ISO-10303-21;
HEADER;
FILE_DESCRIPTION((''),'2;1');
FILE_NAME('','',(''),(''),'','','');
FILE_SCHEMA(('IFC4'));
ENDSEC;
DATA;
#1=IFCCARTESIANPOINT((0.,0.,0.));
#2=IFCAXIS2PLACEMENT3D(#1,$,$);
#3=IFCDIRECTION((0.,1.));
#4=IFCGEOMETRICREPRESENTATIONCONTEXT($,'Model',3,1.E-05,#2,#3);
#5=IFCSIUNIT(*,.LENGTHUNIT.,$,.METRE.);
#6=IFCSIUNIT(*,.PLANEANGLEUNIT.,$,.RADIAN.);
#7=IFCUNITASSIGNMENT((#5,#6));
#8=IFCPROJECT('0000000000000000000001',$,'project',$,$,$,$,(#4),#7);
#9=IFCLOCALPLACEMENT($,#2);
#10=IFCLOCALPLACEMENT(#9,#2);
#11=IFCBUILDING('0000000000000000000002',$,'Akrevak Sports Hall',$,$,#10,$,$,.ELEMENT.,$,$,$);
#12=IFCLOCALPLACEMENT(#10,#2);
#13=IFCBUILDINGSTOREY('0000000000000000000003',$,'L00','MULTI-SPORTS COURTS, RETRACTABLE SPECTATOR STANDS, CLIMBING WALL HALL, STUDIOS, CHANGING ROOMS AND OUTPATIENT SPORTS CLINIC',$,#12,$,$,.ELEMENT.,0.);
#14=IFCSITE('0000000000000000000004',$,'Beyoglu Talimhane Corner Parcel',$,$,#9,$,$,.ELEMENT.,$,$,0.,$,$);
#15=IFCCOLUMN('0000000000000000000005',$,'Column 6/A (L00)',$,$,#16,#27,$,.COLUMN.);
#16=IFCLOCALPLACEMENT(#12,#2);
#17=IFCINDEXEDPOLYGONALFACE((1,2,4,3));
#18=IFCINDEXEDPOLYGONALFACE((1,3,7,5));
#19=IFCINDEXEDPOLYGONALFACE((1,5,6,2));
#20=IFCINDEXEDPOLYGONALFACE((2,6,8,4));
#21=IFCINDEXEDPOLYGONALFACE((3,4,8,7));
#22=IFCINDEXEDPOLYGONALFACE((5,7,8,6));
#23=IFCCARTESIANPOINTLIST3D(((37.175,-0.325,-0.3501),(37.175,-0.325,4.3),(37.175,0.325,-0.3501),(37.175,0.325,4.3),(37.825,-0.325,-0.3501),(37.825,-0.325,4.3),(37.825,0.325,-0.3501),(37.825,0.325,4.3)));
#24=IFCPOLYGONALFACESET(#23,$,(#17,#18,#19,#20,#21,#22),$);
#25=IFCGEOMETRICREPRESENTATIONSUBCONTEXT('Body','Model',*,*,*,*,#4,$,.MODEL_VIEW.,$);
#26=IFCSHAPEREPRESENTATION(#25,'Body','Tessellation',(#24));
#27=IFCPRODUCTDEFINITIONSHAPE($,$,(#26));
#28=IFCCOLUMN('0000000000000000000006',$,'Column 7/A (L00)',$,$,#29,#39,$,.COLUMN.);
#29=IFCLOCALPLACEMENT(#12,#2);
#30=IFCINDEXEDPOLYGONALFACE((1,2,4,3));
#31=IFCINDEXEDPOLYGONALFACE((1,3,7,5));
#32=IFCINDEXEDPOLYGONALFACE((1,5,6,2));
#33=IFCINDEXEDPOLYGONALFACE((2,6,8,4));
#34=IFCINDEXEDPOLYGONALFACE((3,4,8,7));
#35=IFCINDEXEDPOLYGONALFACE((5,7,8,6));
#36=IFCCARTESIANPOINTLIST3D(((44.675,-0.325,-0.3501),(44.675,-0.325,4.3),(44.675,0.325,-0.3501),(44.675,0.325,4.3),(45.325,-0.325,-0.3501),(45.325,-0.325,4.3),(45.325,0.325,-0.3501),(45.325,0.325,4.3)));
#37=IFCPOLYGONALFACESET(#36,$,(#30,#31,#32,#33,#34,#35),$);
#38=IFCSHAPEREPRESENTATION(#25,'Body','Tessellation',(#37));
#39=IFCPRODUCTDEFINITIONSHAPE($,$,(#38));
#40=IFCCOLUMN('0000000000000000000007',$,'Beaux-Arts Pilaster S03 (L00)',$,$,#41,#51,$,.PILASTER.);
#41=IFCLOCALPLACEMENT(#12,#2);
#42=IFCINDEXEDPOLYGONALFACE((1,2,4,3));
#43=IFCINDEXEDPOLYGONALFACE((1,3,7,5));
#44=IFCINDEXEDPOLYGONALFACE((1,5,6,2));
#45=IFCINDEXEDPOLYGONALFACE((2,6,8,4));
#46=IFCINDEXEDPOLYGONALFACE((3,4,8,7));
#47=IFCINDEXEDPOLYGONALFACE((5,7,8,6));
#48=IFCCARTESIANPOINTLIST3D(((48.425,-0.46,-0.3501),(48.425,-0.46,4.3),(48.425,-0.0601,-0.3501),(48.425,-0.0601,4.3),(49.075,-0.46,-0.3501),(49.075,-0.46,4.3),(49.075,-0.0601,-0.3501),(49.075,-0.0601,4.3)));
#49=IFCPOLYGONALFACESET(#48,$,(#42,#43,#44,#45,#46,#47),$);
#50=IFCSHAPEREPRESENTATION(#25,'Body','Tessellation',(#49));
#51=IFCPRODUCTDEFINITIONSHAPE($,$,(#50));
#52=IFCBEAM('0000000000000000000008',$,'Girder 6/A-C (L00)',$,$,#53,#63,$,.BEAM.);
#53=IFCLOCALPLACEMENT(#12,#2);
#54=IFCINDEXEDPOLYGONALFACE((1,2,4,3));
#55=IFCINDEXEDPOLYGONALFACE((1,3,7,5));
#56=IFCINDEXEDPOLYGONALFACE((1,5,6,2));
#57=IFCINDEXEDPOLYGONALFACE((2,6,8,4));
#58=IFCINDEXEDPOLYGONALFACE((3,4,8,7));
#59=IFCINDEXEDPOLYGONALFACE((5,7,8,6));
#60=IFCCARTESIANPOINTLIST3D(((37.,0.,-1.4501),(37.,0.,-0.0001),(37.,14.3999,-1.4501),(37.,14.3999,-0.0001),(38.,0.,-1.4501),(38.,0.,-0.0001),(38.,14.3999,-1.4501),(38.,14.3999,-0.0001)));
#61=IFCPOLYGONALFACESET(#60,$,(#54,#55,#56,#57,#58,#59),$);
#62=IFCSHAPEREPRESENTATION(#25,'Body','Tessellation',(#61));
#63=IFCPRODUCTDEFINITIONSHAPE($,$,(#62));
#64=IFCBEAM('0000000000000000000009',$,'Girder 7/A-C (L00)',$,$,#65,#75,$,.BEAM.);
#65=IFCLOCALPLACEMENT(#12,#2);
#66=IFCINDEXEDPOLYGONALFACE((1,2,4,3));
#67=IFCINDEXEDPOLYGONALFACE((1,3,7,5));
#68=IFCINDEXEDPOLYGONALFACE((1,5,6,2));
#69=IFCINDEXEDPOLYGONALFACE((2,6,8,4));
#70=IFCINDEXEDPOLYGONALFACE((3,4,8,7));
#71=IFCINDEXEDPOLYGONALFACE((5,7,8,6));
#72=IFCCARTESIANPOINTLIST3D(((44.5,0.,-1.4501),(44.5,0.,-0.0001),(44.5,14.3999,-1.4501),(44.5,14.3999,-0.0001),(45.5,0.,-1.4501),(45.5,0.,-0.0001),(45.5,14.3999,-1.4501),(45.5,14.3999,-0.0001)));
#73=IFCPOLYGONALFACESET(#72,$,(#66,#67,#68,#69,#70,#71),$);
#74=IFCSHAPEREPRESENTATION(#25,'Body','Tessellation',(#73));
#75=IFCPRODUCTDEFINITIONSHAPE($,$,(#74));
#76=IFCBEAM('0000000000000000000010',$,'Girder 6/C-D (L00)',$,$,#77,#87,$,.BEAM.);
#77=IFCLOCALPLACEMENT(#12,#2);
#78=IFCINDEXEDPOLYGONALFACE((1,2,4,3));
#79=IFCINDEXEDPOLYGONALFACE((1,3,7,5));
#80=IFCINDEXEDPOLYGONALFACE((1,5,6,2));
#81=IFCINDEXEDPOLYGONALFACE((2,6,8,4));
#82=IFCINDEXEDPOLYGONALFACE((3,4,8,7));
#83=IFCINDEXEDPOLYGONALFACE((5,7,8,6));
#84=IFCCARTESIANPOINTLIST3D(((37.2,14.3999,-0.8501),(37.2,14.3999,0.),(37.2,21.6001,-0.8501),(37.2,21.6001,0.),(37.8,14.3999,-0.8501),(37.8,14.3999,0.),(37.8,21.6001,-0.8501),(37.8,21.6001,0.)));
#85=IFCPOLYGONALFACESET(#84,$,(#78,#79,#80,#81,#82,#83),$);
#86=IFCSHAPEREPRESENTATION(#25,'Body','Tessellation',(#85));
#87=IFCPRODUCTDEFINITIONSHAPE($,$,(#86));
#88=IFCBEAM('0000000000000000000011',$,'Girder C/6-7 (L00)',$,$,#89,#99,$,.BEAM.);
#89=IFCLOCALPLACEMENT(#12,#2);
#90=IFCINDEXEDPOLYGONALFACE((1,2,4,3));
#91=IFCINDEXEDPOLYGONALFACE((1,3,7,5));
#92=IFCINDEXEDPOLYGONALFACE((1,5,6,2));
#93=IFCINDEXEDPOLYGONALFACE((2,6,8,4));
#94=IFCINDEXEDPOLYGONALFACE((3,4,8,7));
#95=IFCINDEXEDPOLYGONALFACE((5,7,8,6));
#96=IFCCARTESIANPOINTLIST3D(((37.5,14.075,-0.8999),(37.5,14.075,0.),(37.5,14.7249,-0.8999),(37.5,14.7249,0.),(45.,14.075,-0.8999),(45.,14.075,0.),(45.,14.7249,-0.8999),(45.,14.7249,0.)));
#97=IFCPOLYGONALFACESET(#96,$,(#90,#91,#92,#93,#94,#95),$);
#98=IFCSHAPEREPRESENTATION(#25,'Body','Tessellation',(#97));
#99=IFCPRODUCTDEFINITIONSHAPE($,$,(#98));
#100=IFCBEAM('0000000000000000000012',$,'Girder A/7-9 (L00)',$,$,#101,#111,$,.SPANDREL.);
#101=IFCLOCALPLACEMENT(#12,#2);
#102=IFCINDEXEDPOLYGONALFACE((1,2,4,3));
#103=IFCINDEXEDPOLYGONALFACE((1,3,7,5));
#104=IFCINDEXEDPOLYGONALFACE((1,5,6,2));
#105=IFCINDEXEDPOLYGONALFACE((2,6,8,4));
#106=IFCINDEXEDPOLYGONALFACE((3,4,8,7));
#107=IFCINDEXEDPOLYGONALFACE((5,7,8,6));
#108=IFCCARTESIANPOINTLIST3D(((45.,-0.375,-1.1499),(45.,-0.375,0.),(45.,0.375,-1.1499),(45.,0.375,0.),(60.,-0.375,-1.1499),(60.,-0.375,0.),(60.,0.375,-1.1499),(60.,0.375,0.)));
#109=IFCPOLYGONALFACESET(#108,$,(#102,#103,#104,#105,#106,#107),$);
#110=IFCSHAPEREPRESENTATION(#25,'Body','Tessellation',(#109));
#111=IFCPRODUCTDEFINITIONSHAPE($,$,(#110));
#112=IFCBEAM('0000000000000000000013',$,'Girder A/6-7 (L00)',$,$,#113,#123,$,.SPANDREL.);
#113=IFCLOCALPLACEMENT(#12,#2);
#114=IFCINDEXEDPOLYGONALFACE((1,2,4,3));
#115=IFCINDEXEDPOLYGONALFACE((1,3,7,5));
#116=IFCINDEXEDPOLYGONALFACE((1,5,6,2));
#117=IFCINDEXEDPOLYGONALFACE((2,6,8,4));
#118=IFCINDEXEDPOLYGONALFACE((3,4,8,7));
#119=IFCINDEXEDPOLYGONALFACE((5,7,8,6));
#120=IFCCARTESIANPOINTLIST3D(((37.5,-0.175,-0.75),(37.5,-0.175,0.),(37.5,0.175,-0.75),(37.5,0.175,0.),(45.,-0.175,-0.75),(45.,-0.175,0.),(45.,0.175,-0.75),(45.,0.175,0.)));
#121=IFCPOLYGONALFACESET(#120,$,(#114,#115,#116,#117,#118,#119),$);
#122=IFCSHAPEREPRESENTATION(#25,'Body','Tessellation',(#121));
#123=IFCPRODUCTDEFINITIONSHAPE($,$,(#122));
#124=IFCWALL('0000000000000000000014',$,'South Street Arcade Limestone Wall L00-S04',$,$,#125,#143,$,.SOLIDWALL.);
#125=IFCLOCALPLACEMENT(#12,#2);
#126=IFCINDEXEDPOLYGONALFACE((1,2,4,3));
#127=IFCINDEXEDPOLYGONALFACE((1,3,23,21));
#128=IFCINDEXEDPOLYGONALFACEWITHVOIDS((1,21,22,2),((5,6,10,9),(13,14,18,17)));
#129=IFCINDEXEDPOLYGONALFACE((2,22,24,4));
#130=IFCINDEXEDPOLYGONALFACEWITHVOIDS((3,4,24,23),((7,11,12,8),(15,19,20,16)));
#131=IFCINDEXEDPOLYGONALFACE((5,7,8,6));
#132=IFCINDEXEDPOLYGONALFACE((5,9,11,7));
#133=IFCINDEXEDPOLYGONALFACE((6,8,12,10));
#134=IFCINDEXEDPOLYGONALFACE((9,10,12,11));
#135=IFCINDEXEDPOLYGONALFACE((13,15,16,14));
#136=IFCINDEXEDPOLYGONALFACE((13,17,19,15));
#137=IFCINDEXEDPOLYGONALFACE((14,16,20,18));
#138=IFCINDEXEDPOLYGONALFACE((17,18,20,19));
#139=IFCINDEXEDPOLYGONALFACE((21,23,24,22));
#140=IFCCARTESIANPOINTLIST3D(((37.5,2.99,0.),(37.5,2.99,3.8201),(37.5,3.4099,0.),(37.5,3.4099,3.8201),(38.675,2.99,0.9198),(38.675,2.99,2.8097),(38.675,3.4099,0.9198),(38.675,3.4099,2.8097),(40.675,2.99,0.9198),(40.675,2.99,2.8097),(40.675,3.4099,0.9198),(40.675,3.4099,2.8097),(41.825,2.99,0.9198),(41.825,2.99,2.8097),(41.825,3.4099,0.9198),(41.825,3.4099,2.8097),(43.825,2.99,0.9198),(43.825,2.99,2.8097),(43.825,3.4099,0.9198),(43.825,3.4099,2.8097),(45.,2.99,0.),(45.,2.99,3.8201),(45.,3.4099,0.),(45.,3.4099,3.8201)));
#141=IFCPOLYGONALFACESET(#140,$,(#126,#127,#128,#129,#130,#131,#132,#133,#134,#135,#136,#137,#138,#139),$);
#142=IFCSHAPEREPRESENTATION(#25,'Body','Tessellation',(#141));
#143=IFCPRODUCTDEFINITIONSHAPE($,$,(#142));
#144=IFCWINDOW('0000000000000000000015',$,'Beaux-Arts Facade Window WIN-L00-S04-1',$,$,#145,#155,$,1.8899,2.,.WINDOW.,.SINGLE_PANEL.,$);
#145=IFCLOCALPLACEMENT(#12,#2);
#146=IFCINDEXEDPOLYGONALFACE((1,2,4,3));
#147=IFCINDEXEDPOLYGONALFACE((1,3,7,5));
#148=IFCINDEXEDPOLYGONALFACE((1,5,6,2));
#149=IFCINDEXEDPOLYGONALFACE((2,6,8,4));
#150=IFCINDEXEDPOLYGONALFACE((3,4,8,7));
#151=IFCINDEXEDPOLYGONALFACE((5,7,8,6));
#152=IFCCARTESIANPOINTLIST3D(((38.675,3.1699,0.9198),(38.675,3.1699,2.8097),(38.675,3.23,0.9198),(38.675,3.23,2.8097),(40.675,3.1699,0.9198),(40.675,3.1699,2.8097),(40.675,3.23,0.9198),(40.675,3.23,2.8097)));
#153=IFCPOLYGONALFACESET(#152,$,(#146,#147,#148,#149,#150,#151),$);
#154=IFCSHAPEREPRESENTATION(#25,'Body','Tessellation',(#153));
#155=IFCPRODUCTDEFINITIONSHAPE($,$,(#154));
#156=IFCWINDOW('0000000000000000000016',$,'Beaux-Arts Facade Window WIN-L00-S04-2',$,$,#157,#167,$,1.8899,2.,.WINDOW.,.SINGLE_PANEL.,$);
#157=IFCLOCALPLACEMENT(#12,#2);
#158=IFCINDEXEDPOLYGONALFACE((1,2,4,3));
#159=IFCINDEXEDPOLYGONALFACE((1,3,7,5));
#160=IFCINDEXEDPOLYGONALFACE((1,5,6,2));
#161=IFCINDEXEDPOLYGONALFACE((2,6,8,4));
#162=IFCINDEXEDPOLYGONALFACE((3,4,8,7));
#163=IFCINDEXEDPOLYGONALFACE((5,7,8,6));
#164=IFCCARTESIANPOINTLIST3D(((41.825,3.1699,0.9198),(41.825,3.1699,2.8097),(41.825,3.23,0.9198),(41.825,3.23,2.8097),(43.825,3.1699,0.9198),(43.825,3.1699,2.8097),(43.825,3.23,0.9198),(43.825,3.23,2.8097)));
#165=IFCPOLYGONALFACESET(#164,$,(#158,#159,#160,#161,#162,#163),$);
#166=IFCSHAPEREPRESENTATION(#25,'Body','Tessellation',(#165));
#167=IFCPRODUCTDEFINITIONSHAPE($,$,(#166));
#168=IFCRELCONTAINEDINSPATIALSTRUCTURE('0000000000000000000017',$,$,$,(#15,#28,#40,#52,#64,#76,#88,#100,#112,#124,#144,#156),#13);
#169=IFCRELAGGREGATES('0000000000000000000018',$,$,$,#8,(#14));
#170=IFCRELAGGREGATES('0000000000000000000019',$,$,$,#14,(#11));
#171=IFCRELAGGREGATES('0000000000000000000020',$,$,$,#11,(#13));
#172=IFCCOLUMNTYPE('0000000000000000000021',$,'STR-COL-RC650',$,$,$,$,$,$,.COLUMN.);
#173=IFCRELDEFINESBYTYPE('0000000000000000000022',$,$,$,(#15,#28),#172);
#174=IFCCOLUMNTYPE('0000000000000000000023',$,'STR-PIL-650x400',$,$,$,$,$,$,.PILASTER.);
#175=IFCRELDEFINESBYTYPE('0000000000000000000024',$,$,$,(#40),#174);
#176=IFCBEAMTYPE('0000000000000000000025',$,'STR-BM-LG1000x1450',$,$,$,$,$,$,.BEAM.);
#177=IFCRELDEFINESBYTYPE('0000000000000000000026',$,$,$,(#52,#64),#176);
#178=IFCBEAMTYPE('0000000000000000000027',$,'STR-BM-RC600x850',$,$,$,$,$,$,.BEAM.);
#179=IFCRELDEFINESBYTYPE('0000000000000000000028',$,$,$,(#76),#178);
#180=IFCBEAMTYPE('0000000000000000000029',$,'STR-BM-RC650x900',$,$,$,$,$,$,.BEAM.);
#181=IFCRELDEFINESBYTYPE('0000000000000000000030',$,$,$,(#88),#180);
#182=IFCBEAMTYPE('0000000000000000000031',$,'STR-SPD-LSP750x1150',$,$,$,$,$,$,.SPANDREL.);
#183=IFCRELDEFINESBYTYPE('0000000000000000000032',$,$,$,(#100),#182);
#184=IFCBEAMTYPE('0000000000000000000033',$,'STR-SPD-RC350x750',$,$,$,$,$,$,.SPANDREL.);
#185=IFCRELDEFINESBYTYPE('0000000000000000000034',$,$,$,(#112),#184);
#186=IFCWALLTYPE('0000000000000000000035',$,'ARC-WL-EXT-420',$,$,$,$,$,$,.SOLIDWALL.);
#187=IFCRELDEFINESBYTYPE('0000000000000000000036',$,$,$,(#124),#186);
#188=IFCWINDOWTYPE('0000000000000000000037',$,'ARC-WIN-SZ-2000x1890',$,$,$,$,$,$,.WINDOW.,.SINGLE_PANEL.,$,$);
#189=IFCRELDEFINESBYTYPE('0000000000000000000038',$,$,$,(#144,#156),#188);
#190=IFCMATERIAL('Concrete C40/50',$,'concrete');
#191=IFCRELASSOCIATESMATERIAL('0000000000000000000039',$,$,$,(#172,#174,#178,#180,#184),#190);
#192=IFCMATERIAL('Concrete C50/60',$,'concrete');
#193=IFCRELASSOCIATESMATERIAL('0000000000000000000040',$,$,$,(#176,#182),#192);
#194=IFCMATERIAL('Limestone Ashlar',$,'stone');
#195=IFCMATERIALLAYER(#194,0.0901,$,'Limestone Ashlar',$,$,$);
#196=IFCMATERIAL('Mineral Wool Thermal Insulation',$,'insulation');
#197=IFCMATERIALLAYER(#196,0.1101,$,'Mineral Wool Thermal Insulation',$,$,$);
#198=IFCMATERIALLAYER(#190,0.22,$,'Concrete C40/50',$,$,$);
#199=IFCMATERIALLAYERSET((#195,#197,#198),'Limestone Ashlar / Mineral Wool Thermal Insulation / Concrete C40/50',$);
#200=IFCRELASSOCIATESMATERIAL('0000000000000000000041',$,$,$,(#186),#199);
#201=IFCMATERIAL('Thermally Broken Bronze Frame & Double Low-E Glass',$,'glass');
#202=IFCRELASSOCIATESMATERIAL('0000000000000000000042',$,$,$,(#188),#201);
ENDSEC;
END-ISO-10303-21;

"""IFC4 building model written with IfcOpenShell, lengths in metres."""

from ifc_helpers import new_model, si_unit, direction, frame, frame_2d, origin, origin_2d, place, context, subcontext, project, spatial, rectangle, extrude, material, layer, layer_set, material_profile, profile_set, type_object, element, fill, save


model = new_model("IFC4")

# Units and contexts
model_context = context("Model", 3, precision=1e-05, world=origin(), true_north=direction((0.0, 1.0)))
body_context = subcontext(model_context, "Body", "Model", "MODEL_VIEW")
ifc_project = project(units=[si_unit("LENGTHUNIT", "METRE"), si_unit("PLANEANGLEUNIT", "RADIAN")], contexts=[model_context])

# Site, building, storey
site_placement = place(None, origin())
site = spatial("IfcSite", under=ifc_project, at=site_placement, Name="Beyoglu Talimhane Corner Parcel", CompositionType="ELEMENT", RefElevation=0.0)
building_placement = place(site_placement, origin())
building = spatial("IfcBuilding", under=site, at=building_placement, Name="Akrevak Sports Hall", CompositionType="ELEMENT")
storey_placement = place(building_placement, origin())
storey = spatial("IfcBuildingStorey", under=building, at=storey_placement, Name="L00", Description="MULTI-SPORTS COURTS, RETRACTABLE SPECTATOR STANDS, CLIMBING WALL HALL, STUDIOS, CHANGING ROOMS AND OUTPATIENT SPORTS CLINIC", CompositionType="ELEMENT", Elevation=0.0)

# Columns
ifc_material_1 = material(Name="Concrete C40/50", Category="concrete")
ifc_material_profile_1 = material_profile(ifc_material_1, rectangle(XDim=0.6499, YDim=0.6499, at=origin_2d()), Name="RC 650x650", Category="concrete")
ifc_profile_set_1 = profile_set([ifc_material_profile_1], Name="Concrete C40/50")
column_type_1 = type_object("IfcColumnType", Name="STR-COL-RC650", PredefinedType="COLUMN", material=ifc_profile_set_1)
for number, where, z_axis, x_axis, name in (
    (1, (37.5, 0.0, -0.3501), (0.0, 0.0, 1.0), (1.0, 0.0, 0.0), "Column 6/A (L00)"),
    (2, (45.0, 0.0, -0.3501), (0.0, 0.0, 1.0), (1.0, 0.0, 0.0), "Column 7/A (L00)"),
):
    element("IfcColumn", number, at=place(storey_placement, frame(where, z_axis=z_axis, x_axis=x_axis)), inside=storey, type_object=column_type_1, Name=name, PredefinedType="COLUMN", context=body_context, shape_type="SweptSolid", body=[
        extrude(rectangle(XDim=0.6499, YDim=0.6499, at=origin_2d()), origin(), (0.0, 0.0, 1.0), 4.6501),
    ])
ifc_material_profile_2 = material_profile(ifc_material_1, rectangle(XDim=0.6499, YDim=0.3999, at=origin_2d()), Name="PIL 650x400", Category="concrete")
ifc_profile_set_2 = profile_set([ifc_material_profile_2], Name="Concrete C40/50")
column_type_2 = type_object("IfcColumnType", Name="STR-PIL-650x400", PredefinedType="PILASTER", material=ifc_profile_set_2)
column_placement = place(storey_placement, frame((48.75, -0.26, -0.3501), z_axis=(0.0, 0.0, 1.0), x_axis=(1.0, 0.0, 0.0)))
element("IfcColumn", 3, at=column_placement, inside=storey, type_object=column_type_2, Name="Beaux-Arts Pilaster S03 (L00)", PredefinedType="PILASTER", context=body_context, shape_type="SweptSolid", body=[
    extrude(rectangle(XDim=0.6499, YDim=0.3999, at=origin_2d()), origin(), (0.0, 0.0, 1.0), 4.6501),
])

# Beams
ifc_material_2 = material(Name="Concrete C50/60", Category="concrete")
ifc_material_profile_3 = material_profile(ifc_material_2, rectangle(XDim=1.0, YDim=1.45, at=origin_2d()), Name="BM 1000x1450", Category="concrete")
ifc_profile_set_3 = profile_set([ifc_material_profile_3], Name="Concrete C50/60")
beam_type_1 = type_object("IfcBeamType", Name="STR-BM-LG1000x1450", PredefinedType="BEAM", material=ifc_profile_set_3)
for number, where, z_axis, x_axis, name in (
    (4, (37.5, 0.0, -0.7251), (0.0, 1.0, 0.0), (-1.0, 0.0, 0.0), "Girder 6/A-C (L00)"),
    (5, (45.0, 0.0, -0.7251), (0.0, 1.0, 0.0), (-1.0, 0.0, 0.0), "Girder 7/A-C (L00)"),
):
    element("IfcBeam", number, at=place(storey_placement, frame(where, z_axis=z_axis, x_axis=x_axis)), inside=storey, type_object=beam_type_1, Name=name, PredefinedType="BEAM", context=body_context, shape_type="SweptSolid", body=[
        extrude(rectangle(XDim=1.0, YDim=1.45, at=origin_2d()), origin(), (0.0, 0.0, 1.0), 14.3999),
    ])
ifc_material_profile_4 = material_profile(ifc_material_1, rectangle(XDim=0.6001, YDim=0.8501, at=origin_2d()), Name="BM 600x850", Category="concrete")
ifc_profile_set_4 = profile_set([ifc_material_profile_4], Name="Concrete C40/50")
beam_type_2 = type_object("IfcBeamType", Name="STR-BM-RC600x850", PredefinedType="BEAM", material=ifc_profile_set_4)
beam_1_placement = place(storey_placement, frame((37.5, 14.3999, -0.425), z_axis=(0.0, 1.0, 0.0), x_axis=(-1.0, 0.0, 0.0)))
element("IfcBeam", 6, at=beam_1_placement, inside=storey, type_object=beam_type_2, Name="Girder 6/C-D (L00)", PredefinedType="BEAM", context=body_context, shape_type="SweptSolid", body=[
    extrude(rectangle(XDim=0.6001, YDim=0.8501, at=origin_2d()), origin(), (0.0, 0.0, 1.0), 7.2002),
])
ifc_material_profile_5 = material_profile(ifc_material_1, rectangle(XDim=0.6499, YDim=0.8999, at=origin_2d()), Name="BM 650x900", Category="concrete")
ifc_profile_set_5 = profile_set([ifc_material_profile_5], Name="Concrete C40/50")
beam_type_3 = type_object("IfcBeamType", Name="STR-BM-RC650x900", PredefinedType="BEAM", material=ifc_profile_set_5)
beam_2_placement = place(storey_placement, frame((37.5, 14.3999, -0.45), z_axis=(1.0, 0.0, 0.0), x_axis=(0.0, 1.0, 0.0)))
element("IfcBeam", 7, at=beam_2_placement, inside=storey, type_object=beam_type_3, Name="Girder C/6-7 (L00)", PredefinedType="BEAM", context=body_context, shape_type="SweptSolid", body=[
    extrude(rectangle(XDim=0.6499, YDim=0.8999, at=origin_2d()), origin(), (0.0, 0.0, 1.0), 7.5),
])
ifc_material_profile_6 = material_profile(ifc_material_2, rectangle(XDim=0.75, YDim=1.1499, at=origin_2d()), Name="SPD 750x1150", Category="concrete")
ifc_profile_set_6 = profile_set([ifc_material_profile_6], Name="Concrete C50/60")
beam_type_4 = type_object("IfcBeamType", Name="STR-SPD-LSP750x1150", PredefinedType="SPANDREL", material=ifc_profile_set_6)
beam_3_placement = place(storey_placement, frame((45.0, 0.0, -0.575), z_axis=(1.0, 0.0, 0.0), x_axis=(0.0, 1.0, 0.0)))
element("IfcBeam", 8, at=beam_3_placement, inside=storey, type_object=beam_type_4, Name="Girder A/7-9 (L00)", PredefinedType="SPANDREL", context=body_context, shape_type="SweptSolid", body=[
    extrude(rectangle(XDim=0.75, YDim=1.1499, at=origin_2d()), origin(), (0.0, 0.0, 1.0), 15.0),
])
ifc_material_profile_7 = material_profile(ifc_material_1, rectangle(XDim=0.3501, YDim=0.75, at=origin_2d()), Name="SPD 350x750", Category="concrete")
ifc_profile_set_7 = profile_set([ifc_material_profile_7], Name="Concrete C40/50")
beam_type_5 = type_object("IfcBeamType", Name="STR-SPD-RC350x750", PredefinedType="SPANDREL", material=ifc_profile_set_7)
beam_4_placement = place(storey_placement, frame((37.5, 0.0, -0.375), z_axis=(1.0, 0.0, 0.0), x_axis=(0.0, 1.0, 0.0)))
element("IfcBeam", 9, at=beam_4_placement, inside=storey, type_object=beam_type_5, Name="Girder A/6-7 (L00)", PredefinedType="SPANDREL", context=body_context, shape_type="SweptSolid", body=[
    extrude(rectangle(XDim=0.3501, YDim=0.75, at=origin_2d()), origin(), (0.0, 0.0, 1.0), 7.5),
])

# Wall, openings, windows
ifc_material_3 = material(Name="Limestone Ashlar", Category="stone")
ifc_layer_1 = layer(ifc_material_3, 0.0901, Name="Limestone Ashlar")
ifc_material_4 = material(Name="Mineral Wool Thermal Insulation", Category="insulation")
ifc_layer_2 = layer(ifc_material_4, 0.1101, Name="Mineral Wool Thermal Insulation")
ifc_layer_3 = layer(ifc_material_1, 0.22, Name="Concrete C40/50")
ifc_layer_set_1 = layer_set([ifc_layer_1, ifc_layer_2, ifc_layer_3], Name="Limestone Ashlar / Mineral Wool Thermal Insulation / Concrete C40/50")
wall_type_1 = type_object("IfcWallType", Name="ARC-WL-EXT-420", PredefinedType="SOLIDWALL", material=ifc_layer_set_1)
wall_1_placement = place(storey_placement, frame((37.5, 3.2, 0.0), z_axis=(0.0, 0.0, 1.0), x_axis=(1.0, 0.0, 0.0)))
wall_1 = element("IfcWall", 10, at=wall_1_placement, inside=storey, type_object=wall_type_1, Name="South Street Arcade Limestone Wall L00-S04", PredefinedType="SOLIDWALL", context=body_context, shape_type="SweptSolid", body=[
    extrude(rectangle(XDim=7.5, YDim=0.4199, at=frame_2d((3.75, 0.0))), origin(), (0.0, 0.0, 1.0), 3.8201),
])
opening_1_placement = place(wall_1_placement, frame((1.175, 0.0, 0.9199)))
opening_1 = element("IfcOpeningElement", 11, at=opening_1_placement, cuts=wall_1, PredefinedType="OPENING", context=body_context, shape_type="SweptSolid", body=[
    extrude(rectangle(XDim=2.0, YDim=1.8899, at=frame_2d((1.0, 0.9448))), frame((0.0, 0.2219, 0.0), z_axis=(0.0, -1.0, 0.0), x_axis=(1.0, 0.0, 0.0)), (0.0, 0.0, 1.0), 0.4438),
])
opening_2_placement = place(wall_1_placement, frame((4.325, 0.0, 0.9199)))
opening_2 = element("IfcOpeningElement", 12, at=opening_2_placement, cuts=wall_1, PredefinedType="OPENING", context=body_context, shape_type="SweptSolid", body=[
    extrude(rectangle(XDim=2.0, YDim=1.8899, at=frame_2d((1.0, 0.9448))), frame((0.0, 0.2219, 0.0), z_axis=(0.0, -1.0, 0.0), x_axis=(1.0, 0.0, 0.0)), (0.0, 0.0, 1.0), 0.4438),
])
ifc_material_5 = material(Name="Thermally Broken Bronze Frame & Double Low-E Glass", Category="glass")
window_type = type_object("IfcWindowType", Name="ARC-WIN-SZ-2000x1890", PartitioningType="SINGLE_PANEL", PredefinedType="WINDOW", material=ifc_material_5)
window_1_placement = place(opening_1_placement, origin())
window_1 = element("IfcWindow", 13, at=window_1_placement, inside=storey, type_object=window_type, Name="Beaux-Arts Facade Window WIN-L00-S04-1", OverallHeight=1.8899, OverallWidth=2.0, PartitioningType="SINGLE_PANEL", PredefinedType="WINDOW", context=body_context, shape_type="SweptSolid", body=[
    extrude(rectangle(XDim=2.0, YDim=1.8899, at=frame_2d((1.0, 0.9448))), frame((0.0, 0.03, 0.0), z_axis=(0.0, -1.0, 0.0), x_axis=(1.0, 0.0, 0.0)), (0.0, 0.0, 1.0), 0.0601),
])
fill(opening_1, window_1)
window_2_placement = place(opening_2_placement, origin())
window_2 = element("IfcWindow", 14, at=window_2_placement, inside=storey, type_object=window_type, Name="Beaux-Arts Facade Window WIN-L00-S04-2", OverallHeight=1.8899, OverallWidth=2.0, PartitioningType="SINGLE_PANEL", PredefinedType="WINDOW", context=body_context, shape_type="SweptSolid", body=[
    extrude(rectangle(XDim=2.0, YDim=1.8899, at=frame_2d((1.0, 0.9448))), frame((0.0, 0.03, 0.0), z_axis=(0.0, -1.0, 0.0), x_axis=(1.0, 0.0, 0.0)), (0.0, 0.0, 1.0), 0.0601),
])
fill(opening_2, window_2)

save(model, "model.ifc")
